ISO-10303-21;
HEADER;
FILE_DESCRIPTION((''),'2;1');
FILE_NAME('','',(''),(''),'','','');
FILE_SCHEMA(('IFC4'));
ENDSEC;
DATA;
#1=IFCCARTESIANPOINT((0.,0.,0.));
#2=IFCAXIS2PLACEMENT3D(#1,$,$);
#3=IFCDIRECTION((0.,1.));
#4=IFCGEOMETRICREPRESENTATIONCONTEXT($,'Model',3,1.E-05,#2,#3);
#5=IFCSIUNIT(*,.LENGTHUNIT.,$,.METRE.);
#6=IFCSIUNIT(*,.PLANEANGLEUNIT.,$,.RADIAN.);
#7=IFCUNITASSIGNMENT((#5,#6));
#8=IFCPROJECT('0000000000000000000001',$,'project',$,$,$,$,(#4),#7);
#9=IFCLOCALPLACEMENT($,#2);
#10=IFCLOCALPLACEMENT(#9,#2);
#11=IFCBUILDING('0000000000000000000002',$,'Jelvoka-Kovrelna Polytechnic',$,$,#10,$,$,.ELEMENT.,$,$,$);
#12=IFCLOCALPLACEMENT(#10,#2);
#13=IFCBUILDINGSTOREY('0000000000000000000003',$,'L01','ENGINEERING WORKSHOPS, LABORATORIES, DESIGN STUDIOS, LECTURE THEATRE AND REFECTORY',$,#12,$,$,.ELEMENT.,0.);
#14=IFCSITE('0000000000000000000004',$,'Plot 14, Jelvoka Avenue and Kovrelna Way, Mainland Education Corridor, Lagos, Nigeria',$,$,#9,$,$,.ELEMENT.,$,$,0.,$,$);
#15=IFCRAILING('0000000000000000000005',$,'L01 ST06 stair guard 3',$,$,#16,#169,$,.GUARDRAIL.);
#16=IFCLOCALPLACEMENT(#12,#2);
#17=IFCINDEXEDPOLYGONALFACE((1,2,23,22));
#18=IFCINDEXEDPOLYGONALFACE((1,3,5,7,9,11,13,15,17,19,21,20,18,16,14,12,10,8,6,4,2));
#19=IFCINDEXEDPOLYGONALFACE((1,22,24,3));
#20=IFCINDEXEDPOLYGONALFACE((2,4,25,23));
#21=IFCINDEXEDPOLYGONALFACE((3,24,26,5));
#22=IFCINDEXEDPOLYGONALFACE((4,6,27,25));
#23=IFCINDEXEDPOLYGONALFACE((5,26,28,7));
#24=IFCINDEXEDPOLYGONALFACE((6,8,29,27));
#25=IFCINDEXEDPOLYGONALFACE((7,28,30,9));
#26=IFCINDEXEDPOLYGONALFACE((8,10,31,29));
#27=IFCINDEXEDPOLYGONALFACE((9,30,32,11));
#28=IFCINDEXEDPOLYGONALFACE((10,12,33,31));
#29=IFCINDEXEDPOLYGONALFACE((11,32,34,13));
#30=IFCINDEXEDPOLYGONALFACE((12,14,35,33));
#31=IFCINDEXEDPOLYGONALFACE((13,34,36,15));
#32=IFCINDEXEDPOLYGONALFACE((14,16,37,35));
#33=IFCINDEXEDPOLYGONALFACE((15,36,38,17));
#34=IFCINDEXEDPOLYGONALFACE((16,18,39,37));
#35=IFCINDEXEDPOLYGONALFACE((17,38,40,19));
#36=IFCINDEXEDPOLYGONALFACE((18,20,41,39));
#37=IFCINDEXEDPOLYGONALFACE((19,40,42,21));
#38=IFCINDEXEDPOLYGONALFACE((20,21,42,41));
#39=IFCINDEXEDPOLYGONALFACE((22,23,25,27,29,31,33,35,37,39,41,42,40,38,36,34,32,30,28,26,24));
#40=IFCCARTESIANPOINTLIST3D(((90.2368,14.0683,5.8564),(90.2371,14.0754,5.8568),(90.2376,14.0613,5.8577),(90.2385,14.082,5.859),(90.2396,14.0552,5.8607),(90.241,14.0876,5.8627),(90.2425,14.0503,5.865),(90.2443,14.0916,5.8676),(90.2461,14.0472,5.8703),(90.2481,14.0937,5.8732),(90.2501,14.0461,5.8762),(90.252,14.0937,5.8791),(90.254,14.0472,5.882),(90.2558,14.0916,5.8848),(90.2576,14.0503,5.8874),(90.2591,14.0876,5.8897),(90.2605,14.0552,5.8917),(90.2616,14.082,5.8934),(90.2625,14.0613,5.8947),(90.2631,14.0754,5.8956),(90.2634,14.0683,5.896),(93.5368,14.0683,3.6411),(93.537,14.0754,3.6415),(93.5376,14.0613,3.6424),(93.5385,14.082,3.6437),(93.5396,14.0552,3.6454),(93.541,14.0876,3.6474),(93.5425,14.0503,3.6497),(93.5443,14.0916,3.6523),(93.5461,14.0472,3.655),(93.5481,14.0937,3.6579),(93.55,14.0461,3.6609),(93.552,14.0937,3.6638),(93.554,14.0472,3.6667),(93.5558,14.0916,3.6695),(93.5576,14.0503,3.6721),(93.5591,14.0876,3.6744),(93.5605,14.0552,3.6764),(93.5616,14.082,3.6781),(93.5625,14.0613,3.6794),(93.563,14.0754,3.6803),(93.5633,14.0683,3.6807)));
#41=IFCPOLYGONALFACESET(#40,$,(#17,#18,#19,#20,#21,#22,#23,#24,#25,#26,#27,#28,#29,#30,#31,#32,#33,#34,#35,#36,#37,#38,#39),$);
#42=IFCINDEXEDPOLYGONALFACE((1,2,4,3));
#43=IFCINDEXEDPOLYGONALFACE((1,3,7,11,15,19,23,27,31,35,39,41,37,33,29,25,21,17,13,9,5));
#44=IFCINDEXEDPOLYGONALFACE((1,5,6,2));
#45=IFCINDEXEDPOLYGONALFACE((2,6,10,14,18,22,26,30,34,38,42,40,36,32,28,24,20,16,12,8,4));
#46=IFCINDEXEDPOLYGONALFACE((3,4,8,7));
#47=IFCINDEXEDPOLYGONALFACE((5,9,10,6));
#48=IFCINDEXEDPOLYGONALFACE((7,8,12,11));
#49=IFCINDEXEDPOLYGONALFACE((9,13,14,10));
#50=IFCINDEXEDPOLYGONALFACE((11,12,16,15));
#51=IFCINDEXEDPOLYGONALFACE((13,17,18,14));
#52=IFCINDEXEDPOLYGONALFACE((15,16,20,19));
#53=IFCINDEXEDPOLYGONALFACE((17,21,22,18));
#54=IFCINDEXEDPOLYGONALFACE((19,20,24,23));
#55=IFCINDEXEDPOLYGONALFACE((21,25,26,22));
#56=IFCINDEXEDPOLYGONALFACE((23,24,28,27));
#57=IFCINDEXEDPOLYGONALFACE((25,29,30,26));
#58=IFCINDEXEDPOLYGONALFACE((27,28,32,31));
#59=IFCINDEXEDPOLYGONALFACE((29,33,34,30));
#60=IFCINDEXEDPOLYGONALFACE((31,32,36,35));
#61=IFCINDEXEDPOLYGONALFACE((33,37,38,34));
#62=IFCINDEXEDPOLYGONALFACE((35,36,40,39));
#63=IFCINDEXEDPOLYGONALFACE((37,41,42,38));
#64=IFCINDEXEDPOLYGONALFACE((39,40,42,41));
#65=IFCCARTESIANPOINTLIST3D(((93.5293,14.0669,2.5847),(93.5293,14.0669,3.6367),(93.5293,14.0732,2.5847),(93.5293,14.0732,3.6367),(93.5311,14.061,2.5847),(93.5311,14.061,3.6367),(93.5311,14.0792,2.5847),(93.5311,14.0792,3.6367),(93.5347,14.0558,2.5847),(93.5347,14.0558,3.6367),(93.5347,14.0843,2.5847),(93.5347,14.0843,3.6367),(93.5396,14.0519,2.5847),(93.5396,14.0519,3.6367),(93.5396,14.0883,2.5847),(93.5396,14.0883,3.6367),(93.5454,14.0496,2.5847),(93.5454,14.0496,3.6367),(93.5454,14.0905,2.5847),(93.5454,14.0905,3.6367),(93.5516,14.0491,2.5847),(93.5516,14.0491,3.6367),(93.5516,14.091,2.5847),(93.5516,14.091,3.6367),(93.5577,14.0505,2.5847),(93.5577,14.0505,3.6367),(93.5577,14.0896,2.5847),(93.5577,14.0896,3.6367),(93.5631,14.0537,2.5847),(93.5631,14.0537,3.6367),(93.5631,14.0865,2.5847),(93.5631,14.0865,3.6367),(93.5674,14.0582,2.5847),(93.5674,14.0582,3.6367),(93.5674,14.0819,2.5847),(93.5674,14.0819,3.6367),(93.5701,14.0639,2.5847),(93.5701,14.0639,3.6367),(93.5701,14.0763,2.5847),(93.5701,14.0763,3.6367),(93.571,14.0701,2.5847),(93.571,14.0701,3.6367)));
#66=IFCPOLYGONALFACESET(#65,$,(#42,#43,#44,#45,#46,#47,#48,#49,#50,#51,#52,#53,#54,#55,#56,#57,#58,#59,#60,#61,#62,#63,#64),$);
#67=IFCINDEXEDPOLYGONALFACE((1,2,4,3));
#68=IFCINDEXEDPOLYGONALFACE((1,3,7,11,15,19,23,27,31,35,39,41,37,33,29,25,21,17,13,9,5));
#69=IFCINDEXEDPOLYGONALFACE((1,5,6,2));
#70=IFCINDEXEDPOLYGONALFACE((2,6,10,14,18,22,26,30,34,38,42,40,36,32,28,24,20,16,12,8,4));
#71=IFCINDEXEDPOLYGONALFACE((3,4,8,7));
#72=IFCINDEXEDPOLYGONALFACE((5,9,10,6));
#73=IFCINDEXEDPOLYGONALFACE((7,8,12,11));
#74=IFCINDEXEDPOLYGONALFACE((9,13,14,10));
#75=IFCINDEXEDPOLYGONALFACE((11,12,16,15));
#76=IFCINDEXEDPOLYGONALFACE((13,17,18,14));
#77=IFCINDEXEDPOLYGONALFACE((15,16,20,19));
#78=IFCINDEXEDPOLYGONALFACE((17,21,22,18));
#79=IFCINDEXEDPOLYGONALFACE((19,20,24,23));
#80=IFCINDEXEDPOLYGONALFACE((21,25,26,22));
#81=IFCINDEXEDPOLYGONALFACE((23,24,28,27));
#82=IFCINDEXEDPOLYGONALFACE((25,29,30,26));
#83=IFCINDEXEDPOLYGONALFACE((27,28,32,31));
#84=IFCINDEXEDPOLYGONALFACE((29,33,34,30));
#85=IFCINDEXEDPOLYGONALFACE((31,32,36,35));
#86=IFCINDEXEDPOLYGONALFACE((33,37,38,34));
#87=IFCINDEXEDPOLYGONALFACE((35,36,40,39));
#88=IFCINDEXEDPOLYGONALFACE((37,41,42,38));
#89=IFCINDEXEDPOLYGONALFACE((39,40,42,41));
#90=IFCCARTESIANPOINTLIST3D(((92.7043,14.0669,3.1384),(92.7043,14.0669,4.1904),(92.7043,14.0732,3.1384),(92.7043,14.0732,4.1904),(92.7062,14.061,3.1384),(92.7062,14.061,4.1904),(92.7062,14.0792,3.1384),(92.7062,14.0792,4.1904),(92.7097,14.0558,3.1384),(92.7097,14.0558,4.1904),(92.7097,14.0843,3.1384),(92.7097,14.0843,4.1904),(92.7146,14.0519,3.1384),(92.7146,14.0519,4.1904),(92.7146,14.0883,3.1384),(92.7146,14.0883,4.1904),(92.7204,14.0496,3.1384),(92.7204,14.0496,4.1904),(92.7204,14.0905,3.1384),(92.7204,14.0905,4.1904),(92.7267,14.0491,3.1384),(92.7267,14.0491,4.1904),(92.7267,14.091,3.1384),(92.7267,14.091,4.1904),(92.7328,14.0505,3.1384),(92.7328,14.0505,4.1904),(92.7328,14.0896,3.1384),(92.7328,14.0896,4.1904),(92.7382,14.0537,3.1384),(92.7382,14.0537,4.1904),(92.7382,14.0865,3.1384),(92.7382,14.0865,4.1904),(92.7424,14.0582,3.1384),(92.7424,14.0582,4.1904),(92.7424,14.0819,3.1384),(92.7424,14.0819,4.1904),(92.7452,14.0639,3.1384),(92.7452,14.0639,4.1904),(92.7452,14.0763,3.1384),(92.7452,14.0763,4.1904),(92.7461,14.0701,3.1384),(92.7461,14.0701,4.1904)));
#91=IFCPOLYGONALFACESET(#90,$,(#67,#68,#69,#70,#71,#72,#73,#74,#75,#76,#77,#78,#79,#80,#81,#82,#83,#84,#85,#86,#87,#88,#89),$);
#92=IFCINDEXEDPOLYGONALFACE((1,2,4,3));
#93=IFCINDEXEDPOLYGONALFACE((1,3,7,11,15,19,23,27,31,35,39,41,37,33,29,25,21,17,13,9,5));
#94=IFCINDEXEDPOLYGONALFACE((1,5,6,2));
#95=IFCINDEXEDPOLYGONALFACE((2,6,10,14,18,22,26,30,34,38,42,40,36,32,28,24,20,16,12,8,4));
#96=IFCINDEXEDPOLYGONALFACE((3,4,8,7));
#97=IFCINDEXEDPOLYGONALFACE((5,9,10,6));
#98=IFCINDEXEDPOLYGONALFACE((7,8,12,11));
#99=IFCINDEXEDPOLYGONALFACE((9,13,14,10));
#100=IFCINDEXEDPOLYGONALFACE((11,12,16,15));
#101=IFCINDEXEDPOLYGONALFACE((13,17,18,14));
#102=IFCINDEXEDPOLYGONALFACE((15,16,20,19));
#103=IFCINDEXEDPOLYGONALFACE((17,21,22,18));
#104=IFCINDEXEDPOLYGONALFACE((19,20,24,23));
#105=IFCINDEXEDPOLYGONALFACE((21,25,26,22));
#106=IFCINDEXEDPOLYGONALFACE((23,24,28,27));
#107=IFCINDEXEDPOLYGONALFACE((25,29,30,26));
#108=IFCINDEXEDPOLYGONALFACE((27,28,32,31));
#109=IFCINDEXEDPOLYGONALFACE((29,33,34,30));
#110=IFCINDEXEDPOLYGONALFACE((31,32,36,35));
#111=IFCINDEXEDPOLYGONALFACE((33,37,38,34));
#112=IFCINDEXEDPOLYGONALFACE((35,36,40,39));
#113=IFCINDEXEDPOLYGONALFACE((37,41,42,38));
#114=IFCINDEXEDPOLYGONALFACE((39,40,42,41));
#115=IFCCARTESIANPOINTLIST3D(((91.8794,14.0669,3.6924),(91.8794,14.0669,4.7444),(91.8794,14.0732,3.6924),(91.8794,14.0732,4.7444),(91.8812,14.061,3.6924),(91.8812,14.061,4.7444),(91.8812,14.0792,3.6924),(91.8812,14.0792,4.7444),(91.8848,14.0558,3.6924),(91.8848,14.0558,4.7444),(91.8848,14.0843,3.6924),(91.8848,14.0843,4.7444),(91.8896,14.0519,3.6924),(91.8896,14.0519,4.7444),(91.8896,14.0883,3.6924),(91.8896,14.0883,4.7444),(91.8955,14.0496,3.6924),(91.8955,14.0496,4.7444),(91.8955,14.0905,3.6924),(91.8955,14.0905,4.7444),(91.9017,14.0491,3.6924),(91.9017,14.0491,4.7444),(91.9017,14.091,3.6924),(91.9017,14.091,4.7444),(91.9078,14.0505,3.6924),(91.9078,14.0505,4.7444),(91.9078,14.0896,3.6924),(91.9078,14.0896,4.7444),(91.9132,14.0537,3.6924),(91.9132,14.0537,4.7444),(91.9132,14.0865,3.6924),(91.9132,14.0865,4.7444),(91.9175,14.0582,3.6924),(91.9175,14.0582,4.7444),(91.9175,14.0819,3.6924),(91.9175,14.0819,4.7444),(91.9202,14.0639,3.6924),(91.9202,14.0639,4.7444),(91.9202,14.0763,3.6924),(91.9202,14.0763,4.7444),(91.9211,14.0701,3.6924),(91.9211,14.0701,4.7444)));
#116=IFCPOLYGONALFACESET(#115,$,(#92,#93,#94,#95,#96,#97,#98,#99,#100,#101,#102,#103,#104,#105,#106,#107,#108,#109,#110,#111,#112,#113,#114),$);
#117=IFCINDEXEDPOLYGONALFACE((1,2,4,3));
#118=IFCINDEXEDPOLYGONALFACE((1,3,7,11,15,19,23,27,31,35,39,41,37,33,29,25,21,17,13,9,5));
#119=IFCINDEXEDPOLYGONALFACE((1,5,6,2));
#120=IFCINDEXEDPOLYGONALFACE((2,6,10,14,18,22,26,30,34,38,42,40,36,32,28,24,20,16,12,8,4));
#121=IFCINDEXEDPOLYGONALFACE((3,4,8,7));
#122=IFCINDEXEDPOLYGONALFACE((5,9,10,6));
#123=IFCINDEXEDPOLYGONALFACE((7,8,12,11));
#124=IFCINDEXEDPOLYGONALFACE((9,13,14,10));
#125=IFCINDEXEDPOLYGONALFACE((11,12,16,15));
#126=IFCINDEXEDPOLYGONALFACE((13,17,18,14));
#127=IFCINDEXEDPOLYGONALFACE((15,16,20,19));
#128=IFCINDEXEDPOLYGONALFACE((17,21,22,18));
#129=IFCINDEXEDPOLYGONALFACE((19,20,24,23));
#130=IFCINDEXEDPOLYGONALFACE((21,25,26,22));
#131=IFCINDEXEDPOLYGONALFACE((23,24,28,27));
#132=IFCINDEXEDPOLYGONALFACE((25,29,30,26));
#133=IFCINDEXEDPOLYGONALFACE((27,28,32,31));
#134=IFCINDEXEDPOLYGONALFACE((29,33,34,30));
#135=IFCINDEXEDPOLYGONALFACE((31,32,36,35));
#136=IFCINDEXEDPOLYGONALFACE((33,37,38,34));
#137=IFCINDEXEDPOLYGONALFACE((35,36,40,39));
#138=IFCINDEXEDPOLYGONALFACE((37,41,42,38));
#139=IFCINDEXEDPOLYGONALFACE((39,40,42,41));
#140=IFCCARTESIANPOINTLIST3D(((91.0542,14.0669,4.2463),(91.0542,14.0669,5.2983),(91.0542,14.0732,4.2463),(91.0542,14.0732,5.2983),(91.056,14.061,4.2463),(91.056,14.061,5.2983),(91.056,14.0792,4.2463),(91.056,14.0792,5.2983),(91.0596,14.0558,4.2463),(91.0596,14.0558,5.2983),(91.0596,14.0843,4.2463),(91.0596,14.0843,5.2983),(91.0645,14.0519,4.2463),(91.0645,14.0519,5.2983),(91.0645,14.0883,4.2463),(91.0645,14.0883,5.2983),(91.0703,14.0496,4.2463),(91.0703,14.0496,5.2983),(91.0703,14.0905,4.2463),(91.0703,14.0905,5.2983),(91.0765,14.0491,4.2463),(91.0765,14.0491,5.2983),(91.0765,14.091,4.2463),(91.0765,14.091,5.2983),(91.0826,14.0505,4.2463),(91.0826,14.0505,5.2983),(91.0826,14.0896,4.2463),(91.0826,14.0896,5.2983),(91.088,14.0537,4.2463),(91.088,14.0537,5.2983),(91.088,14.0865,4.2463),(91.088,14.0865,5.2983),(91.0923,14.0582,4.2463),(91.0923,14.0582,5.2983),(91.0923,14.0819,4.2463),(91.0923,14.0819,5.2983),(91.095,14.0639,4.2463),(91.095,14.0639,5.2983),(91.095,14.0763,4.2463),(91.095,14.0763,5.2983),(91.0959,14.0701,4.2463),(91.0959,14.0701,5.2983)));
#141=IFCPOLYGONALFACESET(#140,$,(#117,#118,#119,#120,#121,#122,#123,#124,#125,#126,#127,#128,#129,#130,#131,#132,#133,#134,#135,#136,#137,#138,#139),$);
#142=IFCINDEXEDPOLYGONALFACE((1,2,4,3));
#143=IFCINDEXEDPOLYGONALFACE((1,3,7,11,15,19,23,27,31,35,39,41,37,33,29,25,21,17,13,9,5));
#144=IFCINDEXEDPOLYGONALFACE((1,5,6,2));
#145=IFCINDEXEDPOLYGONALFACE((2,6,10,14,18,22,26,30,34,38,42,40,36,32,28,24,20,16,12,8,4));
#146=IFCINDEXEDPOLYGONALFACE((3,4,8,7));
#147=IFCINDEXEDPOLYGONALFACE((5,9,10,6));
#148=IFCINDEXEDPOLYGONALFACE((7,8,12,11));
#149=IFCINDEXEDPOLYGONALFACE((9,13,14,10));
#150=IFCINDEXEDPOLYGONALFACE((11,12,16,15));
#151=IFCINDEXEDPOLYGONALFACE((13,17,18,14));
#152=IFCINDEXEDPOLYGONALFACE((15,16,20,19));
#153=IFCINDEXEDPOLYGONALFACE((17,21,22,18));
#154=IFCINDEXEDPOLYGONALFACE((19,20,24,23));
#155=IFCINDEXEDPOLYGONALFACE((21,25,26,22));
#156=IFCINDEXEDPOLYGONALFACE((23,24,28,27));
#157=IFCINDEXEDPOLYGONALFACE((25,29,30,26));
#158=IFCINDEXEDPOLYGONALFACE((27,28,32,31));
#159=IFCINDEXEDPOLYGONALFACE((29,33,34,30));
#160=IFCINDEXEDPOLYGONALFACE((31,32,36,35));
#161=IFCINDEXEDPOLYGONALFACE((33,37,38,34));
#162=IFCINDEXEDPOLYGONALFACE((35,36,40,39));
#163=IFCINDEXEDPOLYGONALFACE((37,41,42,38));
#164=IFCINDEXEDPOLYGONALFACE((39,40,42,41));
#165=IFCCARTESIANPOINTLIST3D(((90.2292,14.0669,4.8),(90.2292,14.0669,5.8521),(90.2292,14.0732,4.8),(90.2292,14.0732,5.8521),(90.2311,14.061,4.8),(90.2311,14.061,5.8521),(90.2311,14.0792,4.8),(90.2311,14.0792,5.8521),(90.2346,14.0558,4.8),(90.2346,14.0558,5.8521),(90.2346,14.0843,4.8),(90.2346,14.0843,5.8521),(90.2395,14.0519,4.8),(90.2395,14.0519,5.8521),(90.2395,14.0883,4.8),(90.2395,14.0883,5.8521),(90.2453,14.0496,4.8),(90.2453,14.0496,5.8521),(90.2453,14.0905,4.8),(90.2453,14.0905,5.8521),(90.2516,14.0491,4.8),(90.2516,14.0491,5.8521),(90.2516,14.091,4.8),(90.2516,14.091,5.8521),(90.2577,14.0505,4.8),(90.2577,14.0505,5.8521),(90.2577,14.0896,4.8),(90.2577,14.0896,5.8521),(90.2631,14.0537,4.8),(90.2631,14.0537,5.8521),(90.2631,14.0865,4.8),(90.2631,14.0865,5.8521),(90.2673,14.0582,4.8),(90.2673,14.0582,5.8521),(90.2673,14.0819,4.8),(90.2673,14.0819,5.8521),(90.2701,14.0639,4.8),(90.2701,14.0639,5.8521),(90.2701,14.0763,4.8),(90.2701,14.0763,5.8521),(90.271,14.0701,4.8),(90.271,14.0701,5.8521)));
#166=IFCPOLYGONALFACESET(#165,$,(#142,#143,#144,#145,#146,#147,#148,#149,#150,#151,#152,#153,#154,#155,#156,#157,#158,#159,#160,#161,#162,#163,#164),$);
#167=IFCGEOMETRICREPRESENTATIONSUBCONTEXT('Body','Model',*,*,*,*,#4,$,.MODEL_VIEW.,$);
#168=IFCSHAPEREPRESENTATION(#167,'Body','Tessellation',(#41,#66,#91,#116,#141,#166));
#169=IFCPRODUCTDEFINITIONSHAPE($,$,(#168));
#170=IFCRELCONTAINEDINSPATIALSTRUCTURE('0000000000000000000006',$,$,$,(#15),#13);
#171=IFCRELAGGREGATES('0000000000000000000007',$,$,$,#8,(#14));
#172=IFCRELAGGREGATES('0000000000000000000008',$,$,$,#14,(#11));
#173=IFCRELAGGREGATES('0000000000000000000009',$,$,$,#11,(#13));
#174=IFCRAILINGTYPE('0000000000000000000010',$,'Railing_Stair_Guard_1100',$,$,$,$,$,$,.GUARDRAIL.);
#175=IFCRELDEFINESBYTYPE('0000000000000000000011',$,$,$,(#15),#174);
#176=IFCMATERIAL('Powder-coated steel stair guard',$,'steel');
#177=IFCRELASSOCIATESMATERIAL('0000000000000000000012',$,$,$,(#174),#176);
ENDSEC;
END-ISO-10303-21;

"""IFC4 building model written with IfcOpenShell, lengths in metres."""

from ifc_helpers import new_model, si_unit, direction, frame, origin, origin_2d, place, context, subcontext, project, spatial, circle, extrude, material, type_object, element, save


model = new_model("IFC4")

# Units and contexts
model_context = context("Model", 3, precision=1e-05, world=origin(), true_north=direction((0.0, 1.0)))
body_context = subcontext(model_context, "Body", "Model", "MODEL_VIEW")
ifc_project = project(units=[si_unit("LENGTHUNIT", "METRE"), si_unit("PLANEANGLEUNIT", "RADIAN")], contexts=[model_context])

# Site, building, storey
site_placement = place(None, origin())
site = spatial("IfcSite", under=ifc_project, at=site_placement, Name="Plot 14, Jelvoka Avenue and Kovrelna Way, Mainland Education Corridor, Lagos, Nigeria", CompositionType="ELEMENT", RefElevation=0.0)
building_placement = place(site_placement, origin())
building = spatial("IfcBuilding", under=site, at=building_placement, Name="Jelvoka-Kovrelna Polytechnic", CompositionType="ELEMENT")
storey_placement = place(building_placement, origin())
storey = spatial("IfcBuildingStorey", under=building, at=storey_placement, Name="L01", Description="ENGINEERING WORKSHOPS, LABORATORIES, DESIGN STUDIOS, LECTURE THEATRE AND REFECTORY", CompositionType="ELEMENT", Elevation=0.0)

# Railing
ifc_material_1 = material(Name="Powder-coated steel stair guard", Category="steel")
railing_type_1 = type_object("IfcRailingType", Name="Railing_Stair_Guard_1100", PredefinedType="GUARDRAIL", material=ifc_material_1)
railing_1_placement = place(storey_placement, frame((93.55, 14.0701, 2.5847)))
element("IfcRailing", 1, at=railing_1_placement, inside=storey, type_object=railing_type_1, Name="L01 ST06 stair guard 3", PredefinedType="GUARDRAIL", context=body_context, shape_type="SweptSolid", body=[
    extrude(circle(Radius=0.0239, at=origin_2d()), frame((0.0, 0.0, 1.0762), z_axis=(-0.830269, 0.0, 0.557362), x_axis=(0.0, -1.0, 0.0)), (0.0, 0.0, 1.0), 3.9746),
    extrude(circle(Radius=0.021, at=origin_2d()), origin(), (0.0, 0.0, 1.0), 1.052),
    extrude(circle(Radius=0.021, at=origin_2d()), frame((-0.825, 0.0, 0.5537)), (0.0, 0.0, 1.0), 1.052),
    extrude(circle(Radius=0.021, at=origin_2d()), frame((-1.6499, 0.0, 1.1077)), (0.0, 0.0, 1.0), 1.052),
    extrude(circle(Radius=0.021, at=origin_2d()), frame((-2.4751, 0.0, 1.6616)), (0.0, 0.0, 1.0), 1.052),
    extrude(circle(Radius=0.021, at=origin_2d()), frame((-3.3, 0.0, 2.2153)), (0.0, 0.0, 1.0), 1.052),
])

save(model, "model.ifc")
